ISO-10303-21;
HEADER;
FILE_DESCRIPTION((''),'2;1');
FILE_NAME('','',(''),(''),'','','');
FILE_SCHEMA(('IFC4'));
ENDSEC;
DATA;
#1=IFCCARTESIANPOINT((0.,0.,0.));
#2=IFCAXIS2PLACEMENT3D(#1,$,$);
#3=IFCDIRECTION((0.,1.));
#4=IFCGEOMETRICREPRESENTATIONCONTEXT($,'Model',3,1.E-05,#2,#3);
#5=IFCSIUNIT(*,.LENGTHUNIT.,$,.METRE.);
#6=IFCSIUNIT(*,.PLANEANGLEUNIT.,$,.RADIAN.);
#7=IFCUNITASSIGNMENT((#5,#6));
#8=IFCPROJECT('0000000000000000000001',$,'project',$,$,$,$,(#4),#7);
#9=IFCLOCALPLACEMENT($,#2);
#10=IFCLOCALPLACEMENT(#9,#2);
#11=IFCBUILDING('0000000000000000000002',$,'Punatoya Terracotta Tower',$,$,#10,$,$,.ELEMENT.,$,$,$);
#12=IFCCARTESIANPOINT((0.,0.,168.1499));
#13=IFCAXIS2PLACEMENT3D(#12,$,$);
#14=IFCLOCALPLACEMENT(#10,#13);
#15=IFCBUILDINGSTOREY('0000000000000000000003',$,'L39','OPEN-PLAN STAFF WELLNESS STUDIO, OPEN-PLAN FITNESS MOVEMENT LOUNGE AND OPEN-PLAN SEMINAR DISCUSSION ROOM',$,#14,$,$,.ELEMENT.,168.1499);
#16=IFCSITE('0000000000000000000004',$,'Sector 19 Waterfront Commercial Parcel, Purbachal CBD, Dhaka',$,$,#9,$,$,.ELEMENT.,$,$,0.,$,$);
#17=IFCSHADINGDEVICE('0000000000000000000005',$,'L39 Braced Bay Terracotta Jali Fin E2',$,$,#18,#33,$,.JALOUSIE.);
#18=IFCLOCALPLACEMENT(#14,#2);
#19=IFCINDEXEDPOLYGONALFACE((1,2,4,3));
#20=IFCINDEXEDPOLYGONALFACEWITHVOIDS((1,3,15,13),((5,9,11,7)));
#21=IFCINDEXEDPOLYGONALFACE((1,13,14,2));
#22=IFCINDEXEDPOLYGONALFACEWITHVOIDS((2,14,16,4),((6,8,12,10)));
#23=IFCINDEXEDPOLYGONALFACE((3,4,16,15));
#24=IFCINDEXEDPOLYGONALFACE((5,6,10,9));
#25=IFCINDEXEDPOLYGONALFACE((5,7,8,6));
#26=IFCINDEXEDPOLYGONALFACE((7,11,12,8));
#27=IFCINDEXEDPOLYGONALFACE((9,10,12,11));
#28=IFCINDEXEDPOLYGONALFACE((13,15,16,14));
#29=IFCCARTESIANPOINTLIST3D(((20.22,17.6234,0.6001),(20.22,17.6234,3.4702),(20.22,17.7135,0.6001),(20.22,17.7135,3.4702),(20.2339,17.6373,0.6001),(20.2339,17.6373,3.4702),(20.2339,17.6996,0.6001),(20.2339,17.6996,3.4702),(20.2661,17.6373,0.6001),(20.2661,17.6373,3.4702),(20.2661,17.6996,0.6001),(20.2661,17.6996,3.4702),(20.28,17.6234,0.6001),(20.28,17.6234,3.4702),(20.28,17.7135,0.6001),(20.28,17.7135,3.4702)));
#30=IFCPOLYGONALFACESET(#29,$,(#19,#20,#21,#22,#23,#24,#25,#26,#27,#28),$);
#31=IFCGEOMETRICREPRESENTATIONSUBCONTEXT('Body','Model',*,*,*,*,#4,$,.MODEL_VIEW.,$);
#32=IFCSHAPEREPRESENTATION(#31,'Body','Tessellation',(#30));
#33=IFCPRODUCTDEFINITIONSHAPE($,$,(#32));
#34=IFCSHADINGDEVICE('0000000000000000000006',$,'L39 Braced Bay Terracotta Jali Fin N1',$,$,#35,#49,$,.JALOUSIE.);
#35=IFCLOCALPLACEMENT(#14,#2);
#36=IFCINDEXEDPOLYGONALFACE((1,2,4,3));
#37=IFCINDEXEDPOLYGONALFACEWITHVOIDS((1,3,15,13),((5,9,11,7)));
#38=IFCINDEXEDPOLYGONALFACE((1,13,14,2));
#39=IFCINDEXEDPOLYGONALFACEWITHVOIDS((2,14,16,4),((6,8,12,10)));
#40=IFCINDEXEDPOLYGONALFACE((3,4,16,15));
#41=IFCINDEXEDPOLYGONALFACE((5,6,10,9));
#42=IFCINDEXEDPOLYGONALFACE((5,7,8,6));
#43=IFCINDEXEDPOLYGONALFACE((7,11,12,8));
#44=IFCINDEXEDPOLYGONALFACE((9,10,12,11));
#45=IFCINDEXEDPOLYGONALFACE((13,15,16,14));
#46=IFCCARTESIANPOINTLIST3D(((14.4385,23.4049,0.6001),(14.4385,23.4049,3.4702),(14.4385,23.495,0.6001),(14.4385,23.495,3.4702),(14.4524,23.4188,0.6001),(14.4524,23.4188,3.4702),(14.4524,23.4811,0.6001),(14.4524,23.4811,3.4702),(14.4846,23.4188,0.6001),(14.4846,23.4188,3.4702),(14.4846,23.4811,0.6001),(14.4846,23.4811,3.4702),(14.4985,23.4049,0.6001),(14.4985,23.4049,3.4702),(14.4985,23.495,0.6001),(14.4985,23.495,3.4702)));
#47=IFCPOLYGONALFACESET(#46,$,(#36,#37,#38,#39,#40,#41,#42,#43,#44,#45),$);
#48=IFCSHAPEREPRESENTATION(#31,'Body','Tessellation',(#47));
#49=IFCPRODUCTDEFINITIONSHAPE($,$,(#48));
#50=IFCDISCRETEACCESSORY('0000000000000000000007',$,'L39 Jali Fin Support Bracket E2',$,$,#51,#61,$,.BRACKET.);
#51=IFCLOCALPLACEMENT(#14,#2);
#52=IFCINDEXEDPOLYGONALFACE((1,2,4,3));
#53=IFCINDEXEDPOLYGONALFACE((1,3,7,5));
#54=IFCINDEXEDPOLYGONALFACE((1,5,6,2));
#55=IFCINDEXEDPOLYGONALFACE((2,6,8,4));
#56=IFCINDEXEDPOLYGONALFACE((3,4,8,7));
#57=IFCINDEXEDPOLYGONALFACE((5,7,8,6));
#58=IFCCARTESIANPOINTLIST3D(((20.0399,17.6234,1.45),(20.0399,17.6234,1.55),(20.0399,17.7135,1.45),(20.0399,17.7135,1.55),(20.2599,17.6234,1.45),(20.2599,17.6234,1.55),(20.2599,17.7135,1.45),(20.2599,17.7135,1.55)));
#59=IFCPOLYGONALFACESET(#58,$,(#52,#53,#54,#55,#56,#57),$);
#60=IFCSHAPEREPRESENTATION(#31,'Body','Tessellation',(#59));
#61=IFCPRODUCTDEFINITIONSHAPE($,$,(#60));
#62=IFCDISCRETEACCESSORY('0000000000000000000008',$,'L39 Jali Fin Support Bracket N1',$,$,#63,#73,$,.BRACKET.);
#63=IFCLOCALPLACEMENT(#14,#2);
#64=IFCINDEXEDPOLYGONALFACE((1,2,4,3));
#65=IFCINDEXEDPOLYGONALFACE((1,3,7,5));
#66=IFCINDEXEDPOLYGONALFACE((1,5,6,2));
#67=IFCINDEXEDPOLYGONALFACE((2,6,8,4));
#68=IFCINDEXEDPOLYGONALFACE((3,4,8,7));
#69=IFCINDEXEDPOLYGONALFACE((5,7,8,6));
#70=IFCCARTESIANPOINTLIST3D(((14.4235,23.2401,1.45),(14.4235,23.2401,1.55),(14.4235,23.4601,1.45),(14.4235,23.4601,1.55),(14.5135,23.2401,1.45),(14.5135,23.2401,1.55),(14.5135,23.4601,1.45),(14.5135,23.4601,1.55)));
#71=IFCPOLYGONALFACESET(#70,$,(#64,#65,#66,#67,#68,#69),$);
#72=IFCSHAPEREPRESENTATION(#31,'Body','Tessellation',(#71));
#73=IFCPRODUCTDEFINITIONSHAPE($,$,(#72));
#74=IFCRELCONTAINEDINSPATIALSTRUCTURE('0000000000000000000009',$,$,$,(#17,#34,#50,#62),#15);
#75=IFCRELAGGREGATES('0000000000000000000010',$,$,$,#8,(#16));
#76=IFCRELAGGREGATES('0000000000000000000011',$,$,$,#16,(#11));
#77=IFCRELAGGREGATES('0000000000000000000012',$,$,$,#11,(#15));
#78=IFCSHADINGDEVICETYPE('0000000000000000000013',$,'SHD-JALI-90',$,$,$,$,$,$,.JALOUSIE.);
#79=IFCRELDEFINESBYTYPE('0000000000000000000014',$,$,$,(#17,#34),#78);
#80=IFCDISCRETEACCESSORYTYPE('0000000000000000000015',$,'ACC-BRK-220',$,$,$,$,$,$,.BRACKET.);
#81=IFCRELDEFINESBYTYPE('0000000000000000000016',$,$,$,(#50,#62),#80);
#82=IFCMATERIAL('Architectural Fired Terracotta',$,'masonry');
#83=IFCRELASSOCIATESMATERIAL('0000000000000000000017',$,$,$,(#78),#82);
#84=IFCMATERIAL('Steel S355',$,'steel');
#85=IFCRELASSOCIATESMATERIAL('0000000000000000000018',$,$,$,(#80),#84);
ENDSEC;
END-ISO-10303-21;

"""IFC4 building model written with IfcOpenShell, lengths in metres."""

from ifc_helpers import new_model, si_unit, direction, frame, origin, origin_2d, place, context, subcontext, project, spatial, rectangle, hollow_rectangle, extrude, material, material_profile, profile_set, type_object, element, save


model = new_model("IFC4")

# Units and contexts
model_context = context("Model", 3, precision=1e-05, world=origin(), true_north=direction((0.0, 1.0)))
body_context = subcontext(model_context, "Body", "Model", "MODEL_VIEW")
ifc_project = project(units=[si_unit("LENGTHUNIT", "METRE"), si_unit("PLANEANGLEUNIT", "RADIAN")], contexts=[model_context])

# Site, building, storey
site_placement = place(None, origin())
site = spatial("IfcSite", under=ifc_project, at=site_placement, Name="Sector 19 Waterfront Commercial Parcel, Purbachal CBD, Dhaka", CompositionType="ELEMENT", RefElevation=0.0)
building_placement = place(site_placement, origin())
building = spatial("IfcBuilding", under=site, at=building_placement, Name="Punatoya Terracotta Tower", CompositionType="ELEMENT")
storey_placement = place(building_placement, frame((0.0, 0.0, 168.1499)))
storey = spatial("IfcBuildingStorey", under=building, at=storey_placement, Name="L39", Description="OPEN-PLAN STAFF WELLNESS STUDIO, OPEN-PLAN FITNESS MOVEMENT LOUNGE AND OPEN-PLAN SEMINAR DISCUSSION ROOM", CompositionType="ELEMENT", Elevation=168.1499)

# Shading devices
ifc_material_1 = material(Name="Architectural Fired Terracotta", Category="masonry")
ifc_material_profile_1 = material_profile(ifc_material_1, hollow_rectangle(XDim=0.0601, YDim=0.0901, WallThickness=0.0139, at=origin_2d()))
ifc_profile_set_1 = profile_set([ifc_material_profile_1], Name="Architectural Fired Terracotta")
shading_device_type = type_object("IfcShadingDeviceType", Name="SHD-JALI-90", PredefinedType="JALOUSIE", material=ifc_profile_set_1)
for number, where, z_axis, x_axis, name in (
    (1, (20.25, 17.6685, 0.6001), (0.0, 0.0, 1.0), (1.0, 0.0, 0.0), "L39 Braced Bay Terracotta Jali Fin E2"),
    (2, (14.4685, 23.45, 0.6001), (0.0, 0.0, 1.0), (1.0, 0.0, 0.0), "L39 Braced Bay Terracotta Jali Fin N1"),
):
    element("IfcShadingDevice", number, at=place(storey_placement, frame(where, z_axis=z_axis, x_axis=x_axis)), inside=storey, type_object=shading_device_type, Name=name, PredefinedType="JALOUSIE", context=body_context, shape_type="SweptSolid", body=[
        extrude(hollow_rectangle(XDim=0.0601, YDim=0.0901, WallThickness=0.0139, at=origin_2d()), origin(), (0.0, 0.0, 1.0), 2.8701),
    ])

# Discrete accessories
ifc_material_2 = material(Name="Steel S355", Category="steel")
discrete_accessory_type = type_object("IfcDiscreteAccessoryType", Name="ACC-BRK-220", PredefinedType="BRACKET", material=ifc_material_2)
for number, where, z_axis, x_axis, name in (
    (3, (20.1499, 17.6685, 1.45), (0.0, 0.0, 1.0), (0.0, 1.0, 0.0), "L39 Jali Fin Support Bracket E2"),
    (4, (14.4685, 23.3501, 1.45), (0.0, 0.0, 1.0), (-1.0, 0.0, 0.0), "L39 Jali Fin Support Bracket N1"),
):
    element("IfcDiscreteAccessory", number, at=place(storey_placement, frame(where, z_axis=z_axis, x_axis=x_axis)), inside=storey, type_object=discrete_accessory_type, Name=name, PredefinedType="BRACKET", context=body_context, shape_type="SweptSolid", body=[
        extrude(rectangle(XDim=0.0901, YDim=0.22, at=origin_2d()), origin(), (0.0, 0.0, 1.0), 0.1001),
    ])

save(model, "model.ifc")
